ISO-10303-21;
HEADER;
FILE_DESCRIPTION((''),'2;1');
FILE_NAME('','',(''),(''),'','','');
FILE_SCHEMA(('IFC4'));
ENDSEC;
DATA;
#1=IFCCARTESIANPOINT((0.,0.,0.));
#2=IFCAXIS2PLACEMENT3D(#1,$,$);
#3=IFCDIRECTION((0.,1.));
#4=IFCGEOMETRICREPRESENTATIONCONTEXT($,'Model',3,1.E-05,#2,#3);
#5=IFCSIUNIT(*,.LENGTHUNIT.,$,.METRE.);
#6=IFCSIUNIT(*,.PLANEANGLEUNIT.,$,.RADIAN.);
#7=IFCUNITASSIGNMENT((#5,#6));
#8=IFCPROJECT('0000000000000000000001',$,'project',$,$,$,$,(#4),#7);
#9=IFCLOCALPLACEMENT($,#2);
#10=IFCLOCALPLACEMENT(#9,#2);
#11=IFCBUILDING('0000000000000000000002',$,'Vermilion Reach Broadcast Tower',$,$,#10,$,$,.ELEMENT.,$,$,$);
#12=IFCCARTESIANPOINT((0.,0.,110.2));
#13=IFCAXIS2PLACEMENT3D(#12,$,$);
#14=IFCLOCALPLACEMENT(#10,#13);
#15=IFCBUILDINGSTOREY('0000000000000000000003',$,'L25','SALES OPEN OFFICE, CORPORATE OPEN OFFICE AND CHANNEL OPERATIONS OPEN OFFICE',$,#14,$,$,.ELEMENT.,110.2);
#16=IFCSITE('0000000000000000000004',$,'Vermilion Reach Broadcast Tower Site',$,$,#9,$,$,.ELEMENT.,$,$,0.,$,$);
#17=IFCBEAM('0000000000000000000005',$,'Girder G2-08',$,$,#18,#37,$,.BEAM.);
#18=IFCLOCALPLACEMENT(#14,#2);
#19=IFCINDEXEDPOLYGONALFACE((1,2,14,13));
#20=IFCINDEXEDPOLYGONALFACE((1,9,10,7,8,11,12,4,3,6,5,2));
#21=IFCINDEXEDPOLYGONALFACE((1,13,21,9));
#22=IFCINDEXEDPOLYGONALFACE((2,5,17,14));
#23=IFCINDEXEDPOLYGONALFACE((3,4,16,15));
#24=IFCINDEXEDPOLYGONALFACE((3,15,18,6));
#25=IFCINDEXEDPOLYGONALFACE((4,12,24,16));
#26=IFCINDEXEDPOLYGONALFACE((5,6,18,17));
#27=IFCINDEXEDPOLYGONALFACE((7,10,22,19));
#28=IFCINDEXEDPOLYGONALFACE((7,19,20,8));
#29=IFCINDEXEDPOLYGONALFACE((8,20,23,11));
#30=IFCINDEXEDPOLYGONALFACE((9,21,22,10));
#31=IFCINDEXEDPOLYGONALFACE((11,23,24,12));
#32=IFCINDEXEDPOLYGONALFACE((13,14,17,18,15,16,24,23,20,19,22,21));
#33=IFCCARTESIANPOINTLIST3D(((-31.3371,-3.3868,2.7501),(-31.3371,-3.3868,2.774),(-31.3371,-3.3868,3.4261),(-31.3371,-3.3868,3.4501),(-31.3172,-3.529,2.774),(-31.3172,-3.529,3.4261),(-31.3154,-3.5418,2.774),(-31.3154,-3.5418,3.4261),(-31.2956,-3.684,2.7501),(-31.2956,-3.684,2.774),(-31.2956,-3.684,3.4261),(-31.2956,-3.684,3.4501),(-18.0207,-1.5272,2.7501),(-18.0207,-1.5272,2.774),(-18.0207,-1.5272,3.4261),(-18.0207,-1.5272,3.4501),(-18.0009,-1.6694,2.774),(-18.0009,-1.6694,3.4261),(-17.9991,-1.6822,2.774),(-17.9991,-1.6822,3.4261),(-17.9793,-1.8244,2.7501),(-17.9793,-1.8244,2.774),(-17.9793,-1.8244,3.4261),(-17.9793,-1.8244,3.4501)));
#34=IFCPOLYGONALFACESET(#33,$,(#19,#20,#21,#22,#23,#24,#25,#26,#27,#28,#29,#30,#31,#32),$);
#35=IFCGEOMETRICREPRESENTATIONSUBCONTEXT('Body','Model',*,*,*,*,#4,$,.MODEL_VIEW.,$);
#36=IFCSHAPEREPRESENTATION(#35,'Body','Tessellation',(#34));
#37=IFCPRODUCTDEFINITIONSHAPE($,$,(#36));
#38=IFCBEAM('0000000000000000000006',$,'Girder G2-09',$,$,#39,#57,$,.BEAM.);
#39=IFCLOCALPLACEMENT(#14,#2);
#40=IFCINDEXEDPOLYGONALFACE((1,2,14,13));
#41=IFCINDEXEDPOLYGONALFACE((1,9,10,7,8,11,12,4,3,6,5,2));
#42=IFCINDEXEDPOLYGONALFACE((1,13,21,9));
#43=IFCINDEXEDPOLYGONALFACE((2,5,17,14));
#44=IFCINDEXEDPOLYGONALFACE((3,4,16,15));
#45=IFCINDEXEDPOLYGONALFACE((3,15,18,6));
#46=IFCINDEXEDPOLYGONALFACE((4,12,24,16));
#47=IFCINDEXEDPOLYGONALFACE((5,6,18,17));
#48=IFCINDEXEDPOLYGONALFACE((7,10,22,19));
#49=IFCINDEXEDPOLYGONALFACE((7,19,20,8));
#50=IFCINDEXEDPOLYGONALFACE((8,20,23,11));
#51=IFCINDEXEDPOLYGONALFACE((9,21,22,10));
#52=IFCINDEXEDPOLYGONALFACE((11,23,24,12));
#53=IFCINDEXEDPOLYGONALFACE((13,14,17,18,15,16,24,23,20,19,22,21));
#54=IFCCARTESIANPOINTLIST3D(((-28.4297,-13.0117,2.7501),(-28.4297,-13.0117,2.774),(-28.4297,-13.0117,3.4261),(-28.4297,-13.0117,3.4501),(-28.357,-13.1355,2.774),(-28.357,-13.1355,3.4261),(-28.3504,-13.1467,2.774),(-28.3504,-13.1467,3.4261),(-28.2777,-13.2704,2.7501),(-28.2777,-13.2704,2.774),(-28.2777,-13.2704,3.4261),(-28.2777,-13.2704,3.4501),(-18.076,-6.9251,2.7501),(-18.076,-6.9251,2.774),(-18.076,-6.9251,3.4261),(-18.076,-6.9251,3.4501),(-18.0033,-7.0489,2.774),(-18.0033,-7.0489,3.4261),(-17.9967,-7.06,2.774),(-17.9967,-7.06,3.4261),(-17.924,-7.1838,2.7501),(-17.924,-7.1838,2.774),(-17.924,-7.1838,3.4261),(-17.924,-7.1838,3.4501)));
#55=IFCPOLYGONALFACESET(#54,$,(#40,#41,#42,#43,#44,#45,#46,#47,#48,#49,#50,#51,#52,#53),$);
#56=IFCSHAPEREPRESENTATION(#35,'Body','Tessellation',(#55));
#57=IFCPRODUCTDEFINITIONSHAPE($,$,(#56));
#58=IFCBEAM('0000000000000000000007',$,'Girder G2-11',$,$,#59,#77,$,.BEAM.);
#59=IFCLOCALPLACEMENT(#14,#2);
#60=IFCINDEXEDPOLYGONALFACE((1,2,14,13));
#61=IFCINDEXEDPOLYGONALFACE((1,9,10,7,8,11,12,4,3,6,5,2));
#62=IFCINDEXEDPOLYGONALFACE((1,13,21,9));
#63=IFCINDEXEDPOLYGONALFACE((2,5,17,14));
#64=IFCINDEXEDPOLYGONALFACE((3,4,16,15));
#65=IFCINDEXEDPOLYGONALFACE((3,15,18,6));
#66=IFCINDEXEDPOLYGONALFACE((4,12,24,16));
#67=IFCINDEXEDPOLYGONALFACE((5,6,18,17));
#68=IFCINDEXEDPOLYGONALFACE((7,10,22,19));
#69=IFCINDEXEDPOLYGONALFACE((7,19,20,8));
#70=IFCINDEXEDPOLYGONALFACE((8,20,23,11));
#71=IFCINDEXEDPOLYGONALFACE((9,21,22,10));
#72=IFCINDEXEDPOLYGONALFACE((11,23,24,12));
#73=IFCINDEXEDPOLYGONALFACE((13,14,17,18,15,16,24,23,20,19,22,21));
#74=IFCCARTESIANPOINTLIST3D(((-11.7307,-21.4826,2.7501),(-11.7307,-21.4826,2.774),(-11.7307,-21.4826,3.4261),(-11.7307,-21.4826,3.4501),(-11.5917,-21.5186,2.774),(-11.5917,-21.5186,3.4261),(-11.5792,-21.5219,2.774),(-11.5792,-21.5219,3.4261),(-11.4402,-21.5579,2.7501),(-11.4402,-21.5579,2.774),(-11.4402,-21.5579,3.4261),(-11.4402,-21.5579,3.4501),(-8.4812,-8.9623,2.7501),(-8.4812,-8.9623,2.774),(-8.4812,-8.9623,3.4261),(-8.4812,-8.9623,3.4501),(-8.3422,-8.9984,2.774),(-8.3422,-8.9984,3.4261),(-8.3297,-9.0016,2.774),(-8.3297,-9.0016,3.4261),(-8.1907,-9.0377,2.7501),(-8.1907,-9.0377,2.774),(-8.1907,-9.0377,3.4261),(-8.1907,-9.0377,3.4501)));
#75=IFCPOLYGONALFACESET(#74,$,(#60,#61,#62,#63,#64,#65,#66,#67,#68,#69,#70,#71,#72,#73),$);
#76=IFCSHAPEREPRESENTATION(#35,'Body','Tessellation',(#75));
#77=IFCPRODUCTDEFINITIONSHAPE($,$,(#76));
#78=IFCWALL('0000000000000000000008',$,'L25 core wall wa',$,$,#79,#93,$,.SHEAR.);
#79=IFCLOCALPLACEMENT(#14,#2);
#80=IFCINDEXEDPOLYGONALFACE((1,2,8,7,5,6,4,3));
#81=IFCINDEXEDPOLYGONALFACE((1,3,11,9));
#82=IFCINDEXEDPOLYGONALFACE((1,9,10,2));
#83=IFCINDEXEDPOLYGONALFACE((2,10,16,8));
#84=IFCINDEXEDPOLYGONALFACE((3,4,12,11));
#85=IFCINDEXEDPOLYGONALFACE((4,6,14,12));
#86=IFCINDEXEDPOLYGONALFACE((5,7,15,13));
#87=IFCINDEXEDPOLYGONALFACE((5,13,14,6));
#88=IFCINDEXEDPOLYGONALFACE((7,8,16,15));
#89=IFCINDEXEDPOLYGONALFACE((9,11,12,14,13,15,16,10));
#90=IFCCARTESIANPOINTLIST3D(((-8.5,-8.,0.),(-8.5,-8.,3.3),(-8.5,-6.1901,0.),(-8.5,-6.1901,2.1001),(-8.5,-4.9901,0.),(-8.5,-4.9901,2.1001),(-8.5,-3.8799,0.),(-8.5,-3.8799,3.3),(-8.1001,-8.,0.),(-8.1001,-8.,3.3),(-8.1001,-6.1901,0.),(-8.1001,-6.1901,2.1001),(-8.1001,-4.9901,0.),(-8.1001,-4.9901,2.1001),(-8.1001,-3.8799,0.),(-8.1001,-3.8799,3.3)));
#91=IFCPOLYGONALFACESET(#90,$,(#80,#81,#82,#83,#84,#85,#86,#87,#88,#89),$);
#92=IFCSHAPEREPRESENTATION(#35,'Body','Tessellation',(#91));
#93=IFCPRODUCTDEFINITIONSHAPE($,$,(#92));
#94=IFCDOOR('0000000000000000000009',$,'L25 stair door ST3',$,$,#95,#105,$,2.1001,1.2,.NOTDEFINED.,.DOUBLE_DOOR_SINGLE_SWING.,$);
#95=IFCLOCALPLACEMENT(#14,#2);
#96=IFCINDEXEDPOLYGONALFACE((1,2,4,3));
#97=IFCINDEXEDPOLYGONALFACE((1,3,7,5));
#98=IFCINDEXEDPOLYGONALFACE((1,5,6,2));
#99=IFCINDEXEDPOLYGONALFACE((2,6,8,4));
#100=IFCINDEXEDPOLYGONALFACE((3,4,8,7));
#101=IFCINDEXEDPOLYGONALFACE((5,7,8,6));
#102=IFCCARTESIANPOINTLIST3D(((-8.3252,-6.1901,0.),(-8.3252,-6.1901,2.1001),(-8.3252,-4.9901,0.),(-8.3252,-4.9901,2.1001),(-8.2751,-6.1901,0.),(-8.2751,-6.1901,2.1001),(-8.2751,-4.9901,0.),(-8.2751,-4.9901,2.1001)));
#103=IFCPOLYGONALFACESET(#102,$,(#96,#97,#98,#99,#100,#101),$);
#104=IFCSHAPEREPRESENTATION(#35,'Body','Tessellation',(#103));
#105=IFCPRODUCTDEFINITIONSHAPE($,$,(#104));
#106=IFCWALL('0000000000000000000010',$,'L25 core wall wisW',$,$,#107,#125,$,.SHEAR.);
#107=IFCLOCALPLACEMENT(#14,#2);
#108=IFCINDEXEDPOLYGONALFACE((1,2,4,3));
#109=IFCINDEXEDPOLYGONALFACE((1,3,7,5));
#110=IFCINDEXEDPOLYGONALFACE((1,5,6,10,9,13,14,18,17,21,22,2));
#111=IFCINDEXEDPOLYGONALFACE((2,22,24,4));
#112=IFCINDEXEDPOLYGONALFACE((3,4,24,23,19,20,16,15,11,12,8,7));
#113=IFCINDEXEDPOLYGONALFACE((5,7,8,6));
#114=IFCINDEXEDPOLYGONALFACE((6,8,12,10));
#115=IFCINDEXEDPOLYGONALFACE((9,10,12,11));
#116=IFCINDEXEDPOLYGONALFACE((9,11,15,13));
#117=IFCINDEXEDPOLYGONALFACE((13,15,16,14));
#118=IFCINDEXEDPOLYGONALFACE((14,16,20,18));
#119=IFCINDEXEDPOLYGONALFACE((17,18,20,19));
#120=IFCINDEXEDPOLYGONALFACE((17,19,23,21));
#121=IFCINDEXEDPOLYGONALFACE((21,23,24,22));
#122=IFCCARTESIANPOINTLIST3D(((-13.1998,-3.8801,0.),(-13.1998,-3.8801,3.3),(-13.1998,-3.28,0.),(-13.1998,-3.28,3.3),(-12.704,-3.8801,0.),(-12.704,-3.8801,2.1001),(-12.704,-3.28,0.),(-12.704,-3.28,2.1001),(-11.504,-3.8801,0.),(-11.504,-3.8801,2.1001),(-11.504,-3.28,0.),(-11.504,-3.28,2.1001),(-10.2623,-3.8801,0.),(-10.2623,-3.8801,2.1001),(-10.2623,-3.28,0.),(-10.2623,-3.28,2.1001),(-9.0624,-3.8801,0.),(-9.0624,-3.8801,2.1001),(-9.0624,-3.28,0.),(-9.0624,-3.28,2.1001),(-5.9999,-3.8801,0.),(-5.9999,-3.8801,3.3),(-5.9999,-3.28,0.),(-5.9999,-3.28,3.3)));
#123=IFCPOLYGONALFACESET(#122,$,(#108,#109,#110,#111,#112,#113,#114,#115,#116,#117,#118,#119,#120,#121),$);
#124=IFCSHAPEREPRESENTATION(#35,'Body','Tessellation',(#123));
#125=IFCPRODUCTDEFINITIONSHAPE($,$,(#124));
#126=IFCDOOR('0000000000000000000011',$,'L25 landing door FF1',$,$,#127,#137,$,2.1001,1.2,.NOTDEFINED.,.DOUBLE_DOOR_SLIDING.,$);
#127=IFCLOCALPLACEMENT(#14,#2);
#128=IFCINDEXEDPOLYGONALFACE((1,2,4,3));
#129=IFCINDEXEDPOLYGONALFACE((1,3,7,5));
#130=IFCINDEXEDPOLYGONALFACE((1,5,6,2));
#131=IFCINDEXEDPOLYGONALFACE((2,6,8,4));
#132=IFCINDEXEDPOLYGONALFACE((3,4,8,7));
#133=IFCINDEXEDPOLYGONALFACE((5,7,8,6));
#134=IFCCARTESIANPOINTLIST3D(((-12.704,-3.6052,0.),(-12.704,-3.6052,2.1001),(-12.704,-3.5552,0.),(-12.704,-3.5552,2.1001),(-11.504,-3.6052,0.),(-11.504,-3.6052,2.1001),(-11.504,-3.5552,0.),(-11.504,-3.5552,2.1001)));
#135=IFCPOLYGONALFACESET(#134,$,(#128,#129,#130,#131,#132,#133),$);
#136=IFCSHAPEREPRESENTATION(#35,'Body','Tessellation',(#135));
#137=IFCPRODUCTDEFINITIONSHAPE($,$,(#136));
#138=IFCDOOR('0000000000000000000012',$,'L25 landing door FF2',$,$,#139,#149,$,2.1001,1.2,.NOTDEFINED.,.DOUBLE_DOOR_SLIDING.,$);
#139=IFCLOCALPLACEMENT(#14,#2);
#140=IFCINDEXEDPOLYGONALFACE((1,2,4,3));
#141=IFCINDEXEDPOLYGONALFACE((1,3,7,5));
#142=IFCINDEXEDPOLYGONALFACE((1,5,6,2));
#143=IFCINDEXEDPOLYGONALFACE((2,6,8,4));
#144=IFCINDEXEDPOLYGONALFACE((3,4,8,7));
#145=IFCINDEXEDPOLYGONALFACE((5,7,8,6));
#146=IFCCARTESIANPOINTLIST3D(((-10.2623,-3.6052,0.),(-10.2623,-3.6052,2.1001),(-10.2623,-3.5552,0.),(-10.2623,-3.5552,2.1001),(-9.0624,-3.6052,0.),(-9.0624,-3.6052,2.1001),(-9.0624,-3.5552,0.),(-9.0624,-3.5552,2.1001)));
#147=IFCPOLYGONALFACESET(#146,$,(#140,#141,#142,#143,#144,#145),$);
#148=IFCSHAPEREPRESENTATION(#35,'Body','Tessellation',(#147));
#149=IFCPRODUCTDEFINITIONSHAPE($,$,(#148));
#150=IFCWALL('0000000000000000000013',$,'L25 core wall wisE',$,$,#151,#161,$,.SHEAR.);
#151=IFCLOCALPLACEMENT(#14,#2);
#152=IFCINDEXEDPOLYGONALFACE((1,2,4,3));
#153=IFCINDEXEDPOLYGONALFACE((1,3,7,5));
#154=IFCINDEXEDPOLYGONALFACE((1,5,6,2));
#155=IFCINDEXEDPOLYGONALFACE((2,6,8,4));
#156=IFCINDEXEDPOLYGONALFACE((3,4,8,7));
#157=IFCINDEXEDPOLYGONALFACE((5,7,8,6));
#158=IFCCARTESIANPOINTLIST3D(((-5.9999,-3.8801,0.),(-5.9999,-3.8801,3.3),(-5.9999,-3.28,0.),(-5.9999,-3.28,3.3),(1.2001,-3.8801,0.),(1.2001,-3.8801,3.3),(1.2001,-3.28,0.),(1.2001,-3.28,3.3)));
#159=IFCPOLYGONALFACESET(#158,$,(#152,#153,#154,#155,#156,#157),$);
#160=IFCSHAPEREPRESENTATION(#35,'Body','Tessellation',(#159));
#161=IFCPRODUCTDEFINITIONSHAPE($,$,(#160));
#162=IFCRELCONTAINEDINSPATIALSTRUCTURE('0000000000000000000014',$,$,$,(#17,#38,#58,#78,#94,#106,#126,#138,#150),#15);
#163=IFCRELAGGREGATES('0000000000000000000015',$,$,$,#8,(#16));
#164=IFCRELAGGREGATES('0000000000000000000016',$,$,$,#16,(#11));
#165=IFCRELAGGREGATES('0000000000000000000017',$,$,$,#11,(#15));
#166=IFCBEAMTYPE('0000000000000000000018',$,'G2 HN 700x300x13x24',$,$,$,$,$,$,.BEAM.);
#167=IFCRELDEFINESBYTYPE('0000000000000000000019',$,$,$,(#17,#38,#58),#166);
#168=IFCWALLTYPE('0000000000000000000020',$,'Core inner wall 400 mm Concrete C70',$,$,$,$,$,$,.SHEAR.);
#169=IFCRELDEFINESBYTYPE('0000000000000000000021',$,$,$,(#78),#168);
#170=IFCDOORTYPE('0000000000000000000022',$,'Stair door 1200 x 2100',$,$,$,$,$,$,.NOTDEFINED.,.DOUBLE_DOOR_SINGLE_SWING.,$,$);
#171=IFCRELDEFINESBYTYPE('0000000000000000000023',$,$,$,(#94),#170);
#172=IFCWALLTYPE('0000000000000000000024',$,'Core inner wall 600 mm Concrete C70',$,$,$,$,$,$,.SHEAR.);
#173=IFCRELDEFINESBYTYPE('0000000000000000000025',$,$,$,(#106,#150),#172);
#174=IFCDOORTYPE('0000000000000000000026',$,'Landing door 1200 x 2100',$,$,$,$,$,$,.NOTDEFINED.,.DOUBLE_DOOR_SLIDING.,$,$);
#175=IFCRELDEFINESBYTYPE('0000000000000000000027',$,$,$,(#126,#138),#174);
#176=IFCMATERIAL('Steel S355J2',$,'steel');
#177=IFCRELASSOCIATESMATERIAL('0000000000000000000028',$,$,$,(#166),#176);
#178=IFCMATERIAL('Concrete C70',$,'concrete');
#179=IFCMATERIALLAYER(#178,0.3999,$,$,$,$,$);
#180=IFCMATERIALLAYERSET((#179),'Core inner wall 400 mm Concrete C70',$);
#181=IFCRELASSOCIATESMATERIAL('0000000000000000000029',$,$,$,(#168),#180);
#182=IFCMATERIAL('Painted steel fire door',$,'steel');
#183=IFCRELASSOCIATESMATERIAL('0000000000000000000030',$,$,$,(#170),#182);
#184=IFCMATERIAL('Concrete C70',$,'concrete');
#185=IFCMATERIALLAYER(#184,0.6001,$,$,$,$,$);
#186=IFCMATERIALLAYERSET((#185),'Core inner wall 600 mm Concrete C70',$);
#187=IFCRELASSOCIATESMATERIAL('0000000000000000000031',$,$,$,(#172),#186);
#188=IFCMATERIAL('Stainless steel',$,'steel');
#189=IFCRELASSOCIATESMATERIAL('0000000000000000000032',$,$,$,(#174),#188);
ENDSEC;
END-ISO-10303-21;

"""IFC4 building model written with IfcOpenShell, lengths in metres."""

from ifc_helpers import new_model, si_unit, direction, frame, frame_2d, origin, origin_2d, place, context, subcontext, project, spatial, rectangle, i_section, extrude, material, layer, layer_set, material_profile, profile_set, type_object, element, fill, save


model = new_model("IFC4")

# Units and contexts
model_context = context("Model", 3, precision=1e-05, world=origin(), true_north=direction((0.0, 1.0)))
body_context = subcontext(model_context, "Body", "Model", "MODEL_VIEW")
ifc_project = project(units=[si_unit("LENGTHUNIT", "METRE"), si_unit("PLANEANGLEUNIT", "RADIAN")], contexts=[model_context])

# Site, building, storey
site_placement = place(None, origin())
site = spatial("IfcSite", under=ifc_project, at=site_placement, Name="Vermilion Reach Broadcast Tower Site", CompositionType="ELEMENT", RefElevation=0.0)
building_placement = place(site_placement, origin())
building = spatial("IfcBuilding", under=site, at=building_placement, Name="Vermilion Reach Broadcast Tower", CompositionType="ELEMENT")
storey_placement = place(building_placement, frame((0.0, 0.0, 110.2)))
storey = spatial("IfcBuildingStorey", under=building, at=storey_placement, Name="L25", Description="SALES OPEN OFFICE, CORPORATE OPEN OFFICE AND CHANNEL OPERATIONS OPEN OFFICE", CompositionType="ELEMENT", Elevation=110.2)

# Beams
ifc_material_1 = material(Name="Steel S355J2", Category="steel")
ifc_material_profile = material_profile(ifc_material_1, i_section(OverallWidth=0.3, OverallDepth=0.7, WebThickness=0.0129, FlangeThickness=0.0239, at=origin_2d()), Name="S355J2 HN 700x300x13x24")
ifc_profile_set = profile_set([ifc_material_profile], Name="Steel S355J2")
beam_type = type_object("IfcBeamType", Name="G2 HN 700x300x13x24", PredefinedType="BEAM", material=ifc_profile_set)
beam_1_placement = place(storey_placement, frame((-18.0, -1.6758, 3.1001), z_axis=(-0.990389, -0.138307, 0.0), x_axis=(0.138307, -0.990389, 0.0)))
element("IfcBeam", 1, at=beam_1_placement, inside=storey, type_object=beam_type, Name="Girder G2-08", PredefinedType="BEAM", context=body_context, shape_type="SweptSolid", body=[
    extrude(i_section(OverallWidth=0.3, OverallDepth=0.7, WebThickness=0.0129, FlangeThickness=0.0239, at=origin_2d()), origin(), (0.0, 0.0, 1.0), 13.4456),
])
beam_2_placement = place(storey_placement, frame((-18.0, -7.0544, 3.1001), z_axis=(-0.862072, -0.506786, 0.0), x_axis=(0.506786, -0.862072, 0.0)))
element("IfcBeam", 2, at=beam_2_placement, inside=storey, type_object=beam_type, Name="Girder G2-09", PredefinedType="BEAM", context=body_context, shape_type="SweptSolid", body=[
    extrude(i_section(OverallWidth=0.3, OverallDepth=0.7, WebThickness=0.0129, FlangeThickness=0.0239, at=origin_2d()), origin(), (0.0, 0.0, 1.0), 12.0103),
])
beam_3_placement = place(storey_placement, frame((-8.3359, -9.0, 3.1001), z_axis=(-0.251217, -0.967931, 0.0), x_axis=(0.967931, -0.251217, 0.0)))
element("IfcBeam", 3, at=beam_3_placement, inside=storey, type_object=beam_type, Name="Girder G2-11", PredefinedType="BEAM", context=body_context, shape_type="SweptSolid", body=[
    extrude(i_section(OverallWidth=0.3, OverallDepth=0.7, WebThickness=0.0129, FlangeThickness=0.0239, at=origin_2d()), origin(), (0.0, 0.0, 1.0), 12.9351),
])

# Wall, opening, door
ifc_material_2 = material(Name="Concrete C70", Category="concrete")
ifc_layer_1 = layer(ifc_material_2, 0.3999)
ifc_layer_set_1 = layer_set([ifc_layer_1], Name="Core inner wall 400 mm Concrete C70")
wall_type_1 = type_object("IfcWallType", Name="Core inner wall 400 mm Concrete C70", PredefinedType="SHEAR", material=ifc_layer_set_1)
wall_1_placement = place(storey_placement, frame((-8.3, -3.8799, 0.0), z_axis=(0.0, 0.0, 1.0), x_axis=(0.0, -1.0, 0.0)))
wall_1 = element("IfcWall", 4, at=wall_1_placement, inside=storey, type_object=wall_type_1, Name="L25 core wall wa", PredefinedType="SHEAR", context=body_context, shape_type="SweptSolid", body=[
    extrude(rectangle(XDim=4.1201, YDim=0.3999, at=frame_2d((2.0601, 0.0))), origin(), (0.0, 0.0, 1.0), 3.3),
])
opening_1_placement = place(wall_1_placement, frame((1.1101, 0.0, 0.0)))
opening_1 = element("IfcOpeningElement", 5, at=opening_1_placement, cuts=wall_1, PredefinedType="OPENING", context=body_context, shape_type="SweptSolid", body=[
    extrude(rectangle(XDim=1.2, YDim=2.1001, at=frame_2d((0.6001, 1.05))), frame((0.0, 0.21, 0.0), z_axis=(0.0, -1.0, 0.0), x_axis=(1.0, 0.0, 0.0)), (0.0, 0.0, 1.0), 0.4199),
])
ifc_material_3 = material(Name="Painted steel fire door", Category="steel")
door_type_1 = type_object("IfcDoorType", Name="Stair door 1200 x 2100", OperationType="DOUBLE_DOOR_SINGLE_SWING", PredefinedType="NOTDEFINED", material=ifc_material_3)
door_1_placement = place(opening_1_placement, origin())
door_1 = element("IfcDoor", 6, at=door_1_placement, inside=storey, type_object=door_type_1, Name="L25 stair door ST3", OperationType="DOUBLE_DOOR_SINGLE_SWING", OverallHeight=2.1001, OverallWidth=1.2, PredefinedType="NOTDEFINED", context=body_context, shape_type="SweptSolid", body=[
    extrude(rectangle(XDim=1.2, YDim=2.1001, at=frame_2d((0.6001, 1.05))), frame((0.0, 0.0249, 0.0), z_axis=(0.0, -1.0, 0.0), x_axis=(1.0, 0.0, 0.0)), (0.0, 0.0, 1.0), 0.05),
])
fill(opening_1, door_1)

# Wall, openings, doors
ifc_material_4 = material(Name="Concrete C70", Category="concrete")
ifc_layer_2 = layer(ifc_material_4, 0.6001)
ifc_layer_set_2 = layer_set([ifc_layer_2], Name="Core inner wall 600 mm Concrete C70")
wall_type_2 = type_object("IfcWallType", Name="Core inner wall 600 mm Concrete C70", PredefinedType="SHEAR", material=ifc_layer_set_2)
wall_2_placement = place(storey_placement, frame((-13.2, -3.5801, 0.0), z_axis=(0.0, 0.0, 1.0), x_axis=(1.0, 0.0, 0.0)))
wall_2 = element("IfcWall", 7, at=wall_2_placement, inside=storey, type_object=wall_type_2, Name="L25 core wall wisW", PredefinedType="SHEAR", context=body_context, shape_type="SweptSolid", body=[
    extrude(rectangle(XDim=7.2, YDim=0.6001, at=frame_2d((3.6001, 0.0))), origin(), (0.0, 0.0, 1.0), 3.3),
])
opening_2_placement = place(wall_2_placement, frame((0.4958, 0.0, 0.0)))
opening_2 = element("IfcOpeningElement", 8, at=opening_2_placement, cuts=wall_2, PredefinedType="OPENING", context=body_context, shape_type="SweptSolid", body=[
    extrude(rectangle(XDim=1.2, YDim=2.1001, at=frame_2d((0.6001, 1.05))), frame((0.0, 0.3101, 0.0), z_axis=(0.0, -1.0, 0.0), x_axis=(1.0, 0.0, 0.0)), (0.0, 0.0, 1.0), 0.6201),
])
opening_3_placement = place(wall_2_placement, frame((2.9375, 0.0, 0.0)))
opening_3 = element("IfcOpeningElement", 9, at=opening_3_placement, cuts=wall_2, PredefinedType="OPENING", context=body_context, shape_type="SweptSolid", body=[
    extrude(rectangle(XDim=1.2, YDim=2.1001, at=frame_2d((0.6001, 1.05))), frame((0.0, 0.3101, 0.0), z_axis=(0.0, -1.0, 0.0), x_axis=(1.0, 0.0, 0.0)), (0.0, 0.0, 1.0), 0.6201),
])
ifc_material_5 = material(Name="Stainless steel", Category="steel")
door_type_2 = type_object("IfcDoorType", Name="Landing door 1200 x 2100", OperationType="DOUBLE_DOOR_SLIDING", PredefinedType="NOTDEFINED", material=ifc_material_5)
door_2_placement = place(opening_2_placement, origin())
door_2 = element("IfcDoor", 10, at=door_2_placement, inside=storey, type_object=door_type_2, Name="L25 landing door FF1", OperationType="DOUBLE_DOOR_SLIDING", OverallHeight=2.1001, OverallWidth=1.2, PredefinedType="NOTDEFINED", context=body_context, shape_type="SweptSolid", body=[
    extrude(rectangle(XDim=1.2, YDim=2.1001, at=frame_2d((0.6001, 1.05))), frame((0.0, 0.0249, 0.0), z_axis=(0.0, -1.0, 0.0), x_axis=(1.0, 0.0, 0.0)), (0.0, 0.0, 1.0), 0.05),
])
fill(opening_2, door_2)
door_3_placement = place(opening_3_placement, origin())
door_3 = element("IfcDoor", 11, at=door_3_placement, inside=storey, type_object=door_type_2, Name="L25 landing door FF2", OperationType="DOUBLE_DOOR_SLIDING", OverallHeight=2.1001, OverallWidth=1.2, PredefinedType="NOTDEFINED", context=body_context, shape_type="SweptSolid", body=[
    extrude(rectangle(XDim=1.2, YDim=2.1001, at=frame_2d((0.6001, 1.05))), frame((0.0, 0.0249, 0.0), z_axis=(0.0, -1.0, 0.0), x_axis=(1.0, 0.0, 0.0)), (0.0, 0.0, 1.0), 0.05),
])
fill(opening_3, door_3)

# Wall
wall_3_placement = place(storey_placement, frame((-6.0, -3.5801, 0.0), z_axis=(0.0, 0.0, 1.0), x_axis=(1.0, 0.0, 0.0)))
element("IfcWall", 12, at=wall_3_placement, inside=storey, type_object=wall_type_2, Name="L25 core wall wisE", PredefinedType="SHEAR", context=body_context, shape_type="SweptSolid", body=[
    extrude(rectangle(XDim=7.2, YDim=0.6001, at=frame_2d((3.6001, 0.0))), origin(), (0.0, 0.0, 1.0), 3.3),
])

save(model, "model.ifc")
